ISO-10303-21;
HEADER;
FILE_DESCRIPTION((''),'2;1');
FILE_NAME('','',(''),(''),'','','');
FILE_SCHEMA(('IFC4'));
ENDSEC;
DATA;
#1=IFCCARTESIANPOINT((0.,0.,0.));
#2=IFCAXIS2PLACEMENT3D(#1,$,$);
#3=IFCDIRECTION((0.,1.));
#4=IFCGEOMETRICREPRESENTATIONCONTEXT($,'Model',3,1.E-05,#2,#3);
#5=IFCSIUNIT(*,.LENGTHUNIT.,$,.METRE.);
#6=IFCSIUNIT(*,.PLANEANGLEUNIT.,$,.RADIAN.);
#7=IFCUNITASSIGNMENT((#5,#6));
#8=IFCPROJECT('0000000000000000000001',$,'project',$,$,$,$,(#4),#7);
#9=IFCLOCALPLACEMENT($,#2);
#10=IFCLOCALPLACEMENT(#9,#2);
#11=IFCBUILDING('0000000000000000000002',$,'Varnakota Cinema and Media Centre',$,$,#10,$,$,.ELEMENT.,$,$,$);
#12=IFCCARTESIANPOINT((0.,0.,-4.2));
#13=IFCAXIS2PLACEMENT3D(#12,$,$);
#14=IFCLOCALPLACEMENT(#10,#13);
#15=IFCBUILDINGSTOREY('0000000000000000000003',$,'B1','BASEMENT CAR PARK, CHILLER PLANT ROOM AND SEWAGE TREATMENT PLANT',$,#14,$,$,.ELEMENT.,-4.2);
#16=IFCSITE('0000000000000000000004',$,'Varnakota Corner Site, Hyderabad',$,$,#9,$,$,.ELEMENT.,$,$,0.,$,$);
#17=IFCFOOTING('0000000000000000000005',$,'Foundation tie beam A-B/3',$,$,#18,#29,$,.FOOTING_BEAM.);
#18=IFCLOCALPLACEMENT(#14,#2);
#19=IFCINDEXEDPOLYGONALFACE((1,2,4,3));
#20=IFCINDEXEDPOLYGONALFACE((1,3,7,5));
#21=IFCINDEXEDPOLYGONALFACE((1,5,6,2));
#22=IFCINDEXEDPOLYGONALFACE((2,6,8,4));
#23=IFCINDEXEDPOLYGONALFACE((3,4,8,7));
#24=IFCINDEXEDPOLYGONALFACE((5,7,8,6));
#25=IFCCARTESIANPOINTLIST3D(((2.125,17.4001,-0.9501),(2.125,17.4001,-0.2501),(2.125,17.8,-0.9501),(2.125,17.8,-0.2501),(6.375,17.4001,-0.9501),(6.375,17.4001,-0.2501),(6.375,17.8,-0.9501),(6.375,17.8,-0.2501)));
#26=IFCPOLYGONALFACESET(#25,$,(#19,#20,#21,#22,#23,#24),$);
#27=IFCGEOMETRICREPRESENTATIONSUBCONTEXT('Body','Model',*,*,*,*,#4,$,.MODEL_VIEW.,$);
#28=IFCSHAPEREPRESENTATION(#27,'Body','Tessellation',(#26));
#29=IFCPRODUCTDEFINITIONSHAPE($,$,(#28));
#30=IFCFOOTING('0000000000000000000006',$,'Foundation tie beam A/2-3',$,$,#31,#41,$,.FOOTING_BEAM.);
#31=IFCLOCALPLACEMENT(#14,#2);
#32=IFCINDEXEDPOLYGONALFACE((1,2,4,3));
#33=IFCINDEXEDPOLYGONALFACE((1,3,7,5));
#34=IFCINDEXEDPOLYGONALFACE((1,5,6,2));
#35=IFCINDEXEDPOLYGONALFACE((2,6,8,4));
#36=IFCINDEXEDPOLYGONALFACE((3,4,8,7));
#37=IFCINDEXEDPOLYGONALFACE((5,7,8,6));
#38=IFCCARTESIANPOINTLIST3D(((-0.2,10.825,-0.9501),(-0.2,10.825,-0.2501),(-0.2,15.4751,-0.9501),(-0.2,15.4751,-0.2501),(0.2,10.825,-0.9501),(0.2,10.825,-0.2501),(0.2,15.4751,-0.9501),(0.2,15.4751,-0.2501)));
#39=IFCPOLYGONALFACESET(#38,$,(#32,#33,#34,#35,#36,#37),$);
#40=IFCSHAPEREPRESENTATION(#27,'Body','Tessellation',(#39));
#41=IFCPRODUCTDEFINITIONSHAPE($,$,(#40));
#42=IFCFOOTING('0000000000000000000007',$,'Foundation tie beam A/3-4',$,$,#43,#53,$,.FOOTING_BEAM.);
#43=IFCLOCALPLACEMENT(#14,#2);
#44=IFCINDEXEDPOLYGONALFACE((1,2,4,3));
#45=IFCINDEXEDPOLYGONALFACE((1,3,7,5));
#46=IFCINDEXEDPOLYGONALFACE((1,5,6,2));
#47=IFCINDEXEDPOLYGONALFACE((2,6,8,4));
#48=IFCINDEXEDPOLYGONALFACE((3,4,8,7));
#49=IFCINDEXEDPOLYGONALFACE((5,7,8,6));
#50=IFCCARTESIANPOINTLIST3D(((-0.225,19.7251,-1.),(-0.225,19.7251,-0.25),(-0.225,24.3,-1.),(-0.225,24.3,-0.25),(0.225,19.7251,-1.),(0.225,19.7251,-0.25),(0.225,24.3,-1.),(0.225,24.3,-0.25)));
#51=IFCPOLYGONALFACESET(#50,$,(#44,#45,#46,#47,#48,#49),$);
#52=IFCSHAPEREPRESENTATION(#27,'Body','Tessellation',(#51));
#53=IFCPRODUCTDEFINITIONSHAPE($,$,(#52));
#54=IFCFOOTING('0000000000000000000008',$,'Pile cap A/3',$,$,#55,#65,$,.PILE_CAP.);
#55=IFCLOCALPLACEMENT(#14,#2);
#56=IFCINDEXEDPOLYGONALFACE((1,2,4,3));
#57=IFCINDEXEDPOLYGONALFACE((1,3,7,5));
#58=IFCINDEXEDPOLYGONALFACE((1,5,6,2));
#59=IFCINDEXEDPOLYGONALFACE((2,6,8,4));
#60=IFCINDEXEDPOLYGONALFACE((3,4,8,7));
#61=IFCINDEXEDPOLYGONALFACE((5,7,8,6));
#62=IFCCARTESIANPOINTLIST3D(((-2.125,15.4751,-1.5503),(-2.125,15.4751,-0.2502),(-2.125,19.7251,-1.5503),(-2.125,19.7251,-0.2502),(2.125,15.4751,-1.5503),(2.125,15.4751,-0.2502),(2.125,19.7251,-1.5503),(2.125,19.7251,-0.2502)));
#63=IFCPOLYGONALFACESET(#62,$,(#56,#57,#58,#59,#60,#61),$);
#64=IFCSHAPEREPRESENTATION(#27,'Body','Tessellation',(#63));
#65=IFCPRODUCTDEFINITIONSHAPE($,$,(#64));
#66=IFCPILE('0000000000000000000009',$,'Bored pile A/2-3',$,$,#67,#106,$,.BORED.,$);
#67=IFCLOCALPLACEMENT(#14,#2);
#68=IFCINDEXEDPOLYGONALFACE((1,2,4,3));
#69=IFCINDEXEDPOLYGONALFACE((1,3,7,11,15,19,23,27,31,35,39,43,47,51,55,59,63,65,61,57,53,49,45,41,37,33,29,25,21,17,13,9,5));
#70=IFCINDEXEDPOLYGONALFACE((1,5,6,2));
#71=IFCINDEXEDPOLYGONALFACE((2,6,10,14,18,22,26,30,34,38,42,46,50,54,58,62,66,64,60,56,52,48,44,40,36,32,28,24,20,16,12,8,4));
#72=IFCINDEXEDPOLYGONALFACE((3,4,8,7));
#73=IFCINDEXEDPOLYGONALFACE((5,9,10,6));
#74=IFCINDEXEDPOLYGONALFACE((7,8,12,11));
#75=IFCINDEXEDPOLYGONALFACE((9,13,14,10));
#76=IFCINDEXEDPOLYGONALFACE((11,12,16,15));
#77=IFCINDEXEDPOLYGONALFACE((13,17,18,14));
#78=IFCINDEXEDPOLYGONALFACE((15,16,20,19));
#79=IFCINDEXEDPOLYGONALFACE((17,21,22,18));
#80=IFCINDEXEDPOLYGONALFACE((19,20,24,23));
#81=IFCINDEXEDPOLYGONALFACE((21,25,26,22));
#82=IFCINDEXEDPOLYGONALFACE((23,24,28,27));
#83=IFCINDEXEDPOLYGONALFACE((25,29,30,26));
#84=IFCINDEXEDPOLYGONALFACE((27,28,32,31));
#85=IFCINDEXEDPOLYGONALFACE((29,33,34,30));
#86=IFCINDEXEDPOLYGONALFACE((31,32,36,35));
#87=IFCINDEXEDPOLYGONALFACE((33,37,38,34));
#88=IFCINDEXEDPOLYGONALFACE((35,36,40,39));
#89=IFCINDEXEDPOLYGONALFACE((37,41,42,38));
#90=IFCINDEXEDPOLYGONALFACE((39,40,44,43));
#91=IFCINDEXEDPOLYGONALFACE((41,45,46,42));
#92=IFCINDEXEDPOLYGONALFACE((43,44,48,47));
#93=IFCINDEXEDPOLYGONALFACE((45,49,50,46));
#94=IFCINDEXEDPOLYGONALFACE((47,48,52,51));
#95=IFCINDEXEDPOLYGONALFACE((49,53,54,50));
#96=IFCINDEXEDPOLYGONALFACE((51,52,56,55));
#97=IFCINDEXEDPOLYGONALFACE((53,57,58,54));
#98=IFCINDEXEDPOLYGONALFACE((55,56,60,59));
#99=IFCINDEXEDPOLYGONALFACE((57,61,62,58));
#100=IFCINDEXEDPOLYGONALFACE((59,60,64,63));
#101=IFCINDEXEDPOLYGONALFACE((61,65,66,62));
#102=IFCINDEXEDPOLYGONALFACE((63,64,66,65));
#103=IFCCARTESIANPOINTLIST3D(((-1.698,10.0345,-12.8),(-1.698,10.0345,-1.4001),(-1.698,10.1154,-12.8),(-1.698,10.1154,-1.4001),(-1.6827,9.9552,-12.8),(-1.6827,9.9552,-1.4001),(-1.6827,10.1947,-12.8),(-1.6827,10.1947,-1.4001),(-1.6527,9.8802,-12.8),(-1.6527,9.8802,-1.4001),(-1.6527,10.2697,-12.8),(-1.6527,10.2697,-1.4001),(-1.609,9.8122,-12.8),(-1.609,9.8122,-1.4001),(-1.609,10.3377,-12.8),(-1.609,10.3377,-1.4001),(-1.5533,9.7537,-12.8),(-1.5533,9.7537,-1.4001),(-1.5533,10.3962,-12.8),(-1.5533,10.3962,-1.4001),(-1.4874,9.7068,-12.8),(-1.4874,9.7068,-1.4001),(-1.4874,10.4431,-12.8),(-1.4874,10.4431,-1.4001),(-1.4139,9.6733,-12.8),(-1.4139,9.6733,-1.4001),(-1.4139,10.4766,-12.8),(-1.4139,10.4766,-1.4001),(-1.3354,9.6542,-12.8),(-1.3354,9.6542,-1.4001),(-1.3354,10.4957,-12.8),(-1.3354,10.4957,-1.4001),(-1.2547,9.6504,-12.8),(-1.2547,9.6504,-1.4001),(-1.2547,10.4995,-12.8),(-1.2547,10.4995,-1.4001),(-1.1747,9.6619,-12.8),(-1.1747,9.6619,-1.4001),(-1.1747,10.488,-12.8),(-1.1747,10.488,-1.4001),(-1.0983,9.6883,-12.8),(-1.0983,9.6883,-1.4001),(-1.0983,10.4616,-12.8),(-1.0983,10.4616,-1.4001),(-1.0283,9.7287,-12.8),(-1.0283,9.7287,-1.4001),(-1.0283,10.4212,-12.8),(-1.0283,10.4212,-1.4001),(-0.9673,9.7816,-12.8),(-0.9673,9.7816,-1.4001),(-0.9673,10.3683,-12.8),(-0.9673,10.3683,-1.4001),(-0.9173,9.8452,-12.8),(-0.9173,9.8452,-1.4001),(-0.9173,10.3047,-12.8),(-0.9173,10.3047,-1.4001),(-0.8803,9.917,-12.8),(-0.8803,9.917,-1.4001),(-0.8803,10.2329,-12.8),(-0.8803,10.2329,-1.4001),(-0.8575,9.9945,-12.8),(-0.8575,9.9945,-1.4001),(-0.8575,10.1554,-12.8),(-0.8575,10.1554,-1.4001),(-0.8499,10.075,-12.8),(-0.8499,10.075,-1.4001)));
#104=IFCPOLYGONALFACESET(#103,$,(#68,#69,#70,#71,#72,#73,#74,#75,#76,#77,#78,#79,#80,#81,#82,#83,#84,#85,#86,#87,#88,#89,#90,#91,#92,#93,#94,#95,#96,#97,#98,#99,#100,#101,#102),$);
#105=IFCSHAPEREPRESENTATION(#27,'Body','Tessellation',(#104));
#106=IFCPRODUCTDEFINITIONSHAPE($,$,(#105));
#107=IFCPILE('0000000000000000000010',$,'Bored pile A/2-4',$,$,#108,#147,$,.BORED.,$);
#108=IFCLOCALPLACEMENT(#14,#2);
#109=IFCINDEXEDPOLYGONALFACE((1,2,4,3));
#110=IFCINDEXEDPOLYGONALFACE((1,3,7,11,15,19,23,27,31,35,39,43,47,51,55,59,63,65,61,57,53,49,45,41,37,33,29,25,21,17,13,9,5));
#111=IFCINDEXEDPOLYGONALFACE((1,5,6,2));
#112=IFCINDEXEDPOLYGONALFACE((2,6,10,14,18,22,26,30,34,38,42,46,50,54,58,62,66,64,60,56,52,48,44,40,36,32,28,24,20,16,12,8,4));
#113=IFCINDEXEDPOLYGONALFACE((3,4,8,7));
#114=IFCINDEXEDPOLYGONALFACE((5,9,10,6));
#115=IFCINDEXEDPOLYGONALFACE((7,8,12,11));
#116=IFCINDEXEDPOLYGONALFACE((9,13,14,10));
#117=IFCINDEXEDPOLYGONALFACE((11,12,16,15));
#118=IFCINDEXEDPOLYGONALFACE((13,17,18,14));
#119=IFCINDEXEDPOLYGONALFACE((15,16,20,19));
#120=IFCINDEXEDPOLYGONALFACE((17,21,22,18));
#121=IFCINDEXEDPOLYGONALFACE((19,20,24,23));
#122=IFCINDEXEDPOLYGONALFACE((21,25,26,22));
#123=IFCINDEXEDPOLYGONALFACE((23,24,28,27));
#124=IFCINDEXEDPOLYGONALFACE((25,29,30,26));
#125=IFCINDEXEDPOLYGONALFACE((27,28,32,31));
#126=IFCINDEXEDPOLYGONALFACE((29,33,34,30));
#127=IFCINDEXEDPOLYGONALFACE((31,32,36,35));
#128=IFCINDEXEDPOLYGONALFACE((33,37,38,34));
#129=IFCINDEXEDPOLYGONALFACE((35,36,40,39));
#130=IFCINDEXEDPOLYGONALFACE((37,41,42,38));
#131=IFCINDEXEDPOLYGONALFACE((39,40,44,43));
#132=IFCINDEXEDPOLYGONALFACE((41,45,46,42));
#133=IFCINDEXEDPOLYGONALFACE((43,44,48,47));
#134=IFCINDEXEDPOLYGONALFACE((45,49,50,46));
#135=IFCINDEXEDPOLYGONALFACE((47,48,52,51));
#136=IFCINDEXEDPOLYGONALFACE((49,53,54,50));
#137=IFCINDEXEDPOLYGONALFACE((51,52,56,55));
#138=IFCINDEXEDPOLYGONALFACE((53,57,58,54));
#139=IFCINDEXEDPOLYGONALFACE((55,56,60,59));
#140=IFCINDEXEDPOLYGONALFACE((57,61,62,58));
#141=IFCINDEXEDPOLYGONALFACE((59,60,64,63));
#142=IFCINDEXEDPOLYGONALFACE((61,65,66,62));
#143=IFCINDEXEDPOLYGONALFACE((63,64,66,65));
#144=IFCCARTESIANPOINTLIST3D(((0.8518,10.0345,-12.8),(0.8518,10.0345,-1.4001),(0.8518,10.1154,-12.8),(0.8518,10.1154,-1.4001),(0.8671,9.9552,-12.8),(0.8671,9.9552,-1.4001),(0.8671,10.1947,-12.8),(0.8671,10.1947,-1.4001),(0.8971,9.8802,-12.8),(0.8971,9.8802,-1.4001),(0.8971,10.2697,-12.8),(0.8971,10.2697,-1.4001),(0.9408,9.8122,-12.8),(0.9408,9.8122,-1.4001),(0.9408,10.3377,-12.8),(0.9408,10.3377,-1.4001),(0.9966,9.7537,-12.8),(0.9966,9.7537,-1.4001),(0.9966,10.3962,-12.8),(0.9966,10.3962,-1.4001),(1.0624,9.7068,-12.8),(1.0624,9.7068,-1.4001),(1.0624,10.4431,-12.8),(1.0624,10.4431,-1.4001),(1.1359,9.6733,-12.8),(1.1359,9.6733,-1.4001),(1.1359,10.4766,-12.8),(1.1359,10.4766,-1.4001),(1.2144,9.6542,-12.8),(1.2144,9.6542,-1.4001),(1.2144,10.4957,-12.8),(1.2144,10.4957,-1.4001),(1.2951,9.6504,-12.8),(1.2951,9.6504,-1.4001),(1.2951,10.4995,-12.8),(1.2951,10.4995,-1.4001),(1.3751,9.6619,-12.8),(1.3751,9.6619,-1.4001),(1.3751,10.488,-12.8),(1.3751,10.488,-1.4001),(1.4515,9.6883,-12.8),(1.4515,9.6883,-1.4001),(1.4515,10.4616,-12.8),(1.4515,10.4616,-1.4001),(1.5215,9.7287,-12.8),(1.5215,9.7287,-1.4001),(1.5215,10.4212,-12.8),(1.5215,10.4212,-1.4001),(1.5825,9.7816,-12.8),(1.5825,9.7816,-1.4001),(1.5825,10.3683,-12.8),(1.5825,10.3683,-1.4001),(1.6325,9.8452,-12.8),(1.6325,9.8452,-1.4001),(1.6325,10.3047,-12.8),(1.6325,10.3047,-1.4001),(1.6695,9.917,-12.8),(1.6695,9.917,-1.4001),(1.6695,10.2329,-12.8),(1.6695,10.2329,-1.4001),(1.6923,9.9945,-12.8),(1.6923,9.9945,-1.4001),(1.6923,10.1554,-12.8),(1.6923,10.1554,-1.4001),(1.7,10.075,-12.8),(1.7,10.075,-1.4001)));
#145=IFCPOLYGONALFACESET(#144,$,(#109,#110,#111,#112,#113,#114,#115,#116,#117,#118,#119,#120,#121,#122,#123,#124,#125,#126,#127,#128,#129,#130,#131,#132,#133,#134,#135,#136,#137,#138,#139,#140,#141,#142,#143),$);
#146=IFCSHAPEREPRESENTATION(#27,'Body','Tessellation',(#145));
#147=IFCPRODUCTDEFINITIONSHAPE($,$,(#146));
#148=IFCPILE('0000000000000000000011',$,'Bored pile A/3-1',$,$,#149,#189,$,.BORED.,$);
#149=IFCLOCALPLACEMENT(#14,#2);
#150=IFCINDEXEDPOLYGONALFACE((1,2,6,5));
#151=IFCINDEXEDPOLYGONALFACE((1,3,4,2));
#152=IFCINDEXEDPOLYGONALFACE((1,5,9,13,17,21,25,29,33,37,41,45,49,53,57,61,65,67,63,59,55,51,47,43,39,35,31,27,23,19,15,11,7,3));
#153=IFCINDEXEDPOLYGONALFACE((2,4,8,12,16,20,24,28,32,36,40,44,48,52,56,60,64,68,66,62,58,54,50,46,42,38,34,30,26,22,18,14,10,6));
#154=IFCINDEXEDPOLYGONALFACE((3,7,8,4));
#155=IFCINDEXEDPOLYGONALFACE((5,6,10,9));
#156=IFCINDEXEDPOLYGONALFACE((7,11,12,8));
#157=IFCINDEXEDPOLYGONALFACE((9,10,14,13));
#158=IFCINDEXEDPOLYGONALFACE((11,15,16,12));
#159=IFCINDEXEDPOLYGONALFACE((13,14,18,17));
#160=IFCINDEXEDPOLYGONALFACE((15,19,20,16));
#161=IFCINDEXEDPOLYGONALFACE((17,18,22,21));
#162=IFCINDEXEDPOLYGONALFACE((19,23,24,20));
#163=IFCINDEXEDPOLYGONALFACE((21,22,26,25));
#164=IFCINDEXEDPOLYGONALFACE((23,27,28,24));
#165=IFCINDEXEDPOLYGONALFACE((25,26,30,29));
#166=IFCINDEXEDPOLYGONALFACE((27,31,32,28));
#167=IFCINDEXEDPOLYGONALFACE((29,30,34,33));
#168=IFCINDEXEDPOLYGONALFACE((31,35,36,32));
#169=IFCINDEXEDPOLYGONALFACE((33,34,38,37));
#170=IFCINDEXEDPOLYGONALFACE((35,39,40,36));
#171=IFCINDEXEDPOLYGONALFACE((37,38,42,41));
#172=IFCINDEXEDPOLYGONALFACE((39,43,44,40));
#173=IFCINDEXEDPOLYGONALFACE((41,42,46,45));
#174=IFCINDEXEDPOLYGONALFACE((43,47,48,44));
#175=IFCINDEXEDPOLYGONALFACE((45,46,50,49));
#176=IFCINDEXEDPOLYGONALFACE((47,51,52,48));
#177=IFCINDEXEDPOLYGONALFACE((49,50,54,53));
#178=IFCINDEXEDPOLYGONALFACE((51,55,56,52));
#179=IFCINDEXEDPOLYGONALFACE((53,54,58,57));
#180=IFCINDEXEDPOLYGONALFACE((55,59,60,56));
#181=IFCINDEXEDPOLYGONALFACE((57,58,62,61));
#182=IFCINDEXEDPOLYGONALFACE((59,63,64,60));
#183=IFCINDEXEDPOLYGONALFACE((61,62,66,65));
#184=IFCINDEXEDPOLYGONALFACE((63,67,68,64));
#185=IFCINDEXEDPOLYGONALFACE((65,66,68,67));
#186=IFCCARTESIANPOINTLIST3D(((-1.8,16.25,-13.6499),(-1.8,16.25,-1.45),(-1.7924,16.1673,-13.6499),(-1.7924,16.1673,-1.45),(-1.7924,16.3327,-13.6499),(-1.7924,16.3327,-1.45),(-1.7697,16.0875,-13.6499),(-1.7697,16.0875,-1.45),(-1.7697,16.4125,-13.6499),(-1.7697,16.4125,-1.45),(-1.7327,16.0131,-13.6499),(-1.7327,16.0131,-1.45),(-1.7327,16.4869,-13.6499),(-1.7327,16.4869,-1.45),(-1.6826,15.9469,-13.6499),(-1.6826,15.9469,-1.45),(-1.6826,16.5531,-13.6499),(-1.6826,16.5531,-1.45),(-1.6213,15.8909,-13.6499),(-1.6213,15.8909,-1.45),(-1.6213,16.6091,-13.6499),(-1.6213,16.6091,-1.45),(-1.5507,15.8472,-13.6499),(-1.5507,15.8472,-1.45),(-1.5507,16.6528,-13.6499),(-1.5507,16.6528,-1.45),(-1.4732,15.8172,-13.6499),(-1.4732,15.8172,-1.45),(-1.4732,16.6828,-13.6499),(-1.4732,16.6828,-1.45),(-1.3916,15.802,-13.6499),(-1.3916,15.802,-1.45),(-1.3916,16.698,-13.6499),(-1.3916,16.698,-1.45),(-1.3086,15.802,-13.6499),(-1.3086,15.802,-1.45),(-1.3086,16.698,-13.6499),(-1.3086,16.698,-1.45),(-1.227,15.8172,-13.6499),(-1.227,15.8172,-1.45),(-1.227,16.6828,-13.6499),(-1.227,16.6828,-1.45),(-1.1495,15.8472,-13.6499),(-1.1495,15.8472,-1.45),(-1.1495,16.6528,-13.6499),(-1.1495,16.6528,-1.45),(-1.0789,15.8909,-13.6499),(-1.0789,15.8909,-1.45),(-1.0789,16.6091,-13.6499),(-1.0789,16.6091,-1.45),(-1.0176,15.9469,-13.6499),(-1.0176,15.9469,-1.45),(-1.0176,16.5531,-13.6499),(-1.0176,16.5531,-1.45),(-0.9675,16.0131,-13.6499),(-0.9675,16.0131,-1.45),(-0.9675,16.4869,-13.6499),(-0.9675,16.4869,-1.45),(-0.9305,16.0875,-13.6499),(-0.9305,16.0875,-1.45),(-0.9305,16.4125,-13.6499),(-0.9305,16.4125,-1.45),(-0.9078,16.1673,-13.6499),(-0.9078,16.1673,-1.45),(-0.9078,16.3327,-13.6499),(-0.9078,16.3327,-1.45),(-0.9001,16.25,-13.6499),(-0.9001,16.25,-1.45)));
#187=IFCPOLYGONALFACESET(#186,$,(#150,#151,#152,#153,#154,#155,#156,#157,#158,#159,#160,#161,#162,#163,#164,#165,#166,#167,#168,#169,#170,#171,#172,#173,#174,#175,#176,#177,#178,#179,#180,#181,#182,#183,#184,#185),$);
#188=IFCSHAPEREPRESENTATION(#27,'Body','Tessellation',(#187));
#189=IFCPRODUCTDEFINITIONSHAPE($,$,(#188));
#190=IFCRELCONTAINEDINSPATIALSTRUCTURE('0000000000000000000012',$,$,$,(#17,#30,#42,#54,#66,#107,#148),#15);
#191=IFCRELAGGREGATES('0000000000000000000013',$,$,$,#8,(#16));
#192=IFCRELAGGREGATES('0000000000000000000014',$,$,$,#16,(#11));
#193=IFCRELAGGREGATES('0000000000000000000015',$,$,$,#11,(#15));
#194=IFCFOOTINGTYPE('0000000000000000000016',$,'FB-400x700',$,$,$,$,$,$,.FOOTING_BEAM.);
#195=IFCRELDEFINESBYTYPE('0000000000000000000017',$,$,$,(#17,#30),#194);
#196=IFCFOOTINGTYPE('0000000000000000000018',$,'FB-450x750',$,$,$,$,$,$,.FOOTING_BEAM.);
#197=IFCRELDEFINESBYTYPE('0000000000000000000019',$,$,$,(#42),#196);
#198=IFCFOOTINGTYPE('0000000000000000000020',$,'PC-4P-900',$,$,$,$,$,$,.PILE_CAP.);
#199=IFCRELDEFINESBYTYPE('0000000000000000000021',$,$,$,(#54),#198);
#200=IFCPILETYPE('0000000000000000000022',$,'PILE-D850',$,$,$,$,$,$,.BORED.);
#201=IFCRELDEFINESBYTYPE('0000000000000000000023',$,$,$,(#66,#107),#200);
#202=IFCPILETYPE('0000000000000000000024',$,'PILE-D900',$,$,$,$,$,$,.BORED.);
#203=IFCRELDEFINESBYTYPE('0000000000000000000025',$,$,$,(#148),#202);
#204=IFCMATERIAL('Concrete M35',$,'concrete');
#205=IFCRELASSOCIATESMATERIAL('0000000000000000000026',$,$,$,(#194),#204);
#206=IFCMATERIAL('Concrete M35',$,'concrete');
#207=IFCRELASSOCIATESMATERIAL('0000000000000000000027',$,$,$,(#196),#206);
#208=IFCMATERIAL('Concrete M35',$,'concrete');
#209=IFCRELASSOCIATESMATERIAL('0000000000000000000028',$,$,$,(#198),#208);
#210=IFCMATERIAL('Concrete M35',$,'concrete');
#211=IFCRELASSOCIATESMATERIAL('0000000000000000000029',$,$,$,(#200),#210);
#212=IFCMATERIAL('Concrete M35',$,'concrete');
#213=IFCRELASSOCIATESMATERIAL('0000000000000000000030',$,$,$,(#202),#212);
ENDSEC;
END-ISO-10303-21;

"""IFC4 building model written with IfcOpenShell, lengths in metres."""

from ifc_helpers import new_model, si_unit, direction, frame, origin, origin_2d, place, context, subcontext, project, spatial, rectangle, circle, extrude, material, material_profile, profile_set, type_object, element, save


model = new_model("IFC4")

# Units and contexts
model_context = context("Model", 3, precision=1e-05, world=origin(), true_north=direction((0.0, 1.0)))
body_context = subcontext(model_context, "Body", "Model", "MODEL_VIEW")
ifc_project = project(units=[si_unit("LENGTHUNIT", "METRE"), si_unit("PLANEANGLEUNIT", "RADIAN")], contexts=[model_context])

# Site, building, storey
site_placement = place(None, origin())
site = spatial("IfcSite", under=ifc_project, at=site_placement, Name="Varnakota Corner Site, Hyderabad", CompositionType="ELEMENT", RefElevation=0.0)
building_placement = place(site_placement, origin())
building = spatial("IfcBuilding", under=site, at=building_placement, Name="Varnakota Cinema and Media Centre", CompositionType="ELEMENT")
storey_placement = place(building_placement, frame((0.0, 0.0, -4.2)))
storey = spatial("IfcBuildingStorey", under=building, at=storey_placement, Name="B1", Description="BASEMENT CAR PARK, CHILLER PLANT ROOM AND SEWAGE TREATMENT PLANT", CompositionType="ELEMENT", Elevation=-4.2)

# Footings
ifc_material_1 = material(Name="Concrete M35", Category="concrete")
ifc_material_profile_1 = material_profile(ifc_material_1, rectangle(XDim=0.3999, YDim=0.7, at=origin_2d()), Name="FB 400x700")
ifc_profile_set_1 = profile_set([ifc_material_profile_1], Name="Concrete M35")
footing_type_1 = type_object("IfcFootingType", Name="FB-400x700", PredefinedType="FOOTING_BEAM", material=ifc_profile_set_1)
footing_1_placement = place(storey_placement, frame((2.125, 17.6001, -0.6001), z_axis=(1.0, 0.0, 0.0), x_axis=(0.0, 1.0, 0.0)))
element("IfcFooting", 1, at=footing_1_placement, inside=storey, type_object=footing_type_1, Name="Foundation tie beam A-B/3", PredefinedType="FOOTING_BEAM", context=body_context, shape_type="SweptSolid", body=[
    extrude(rectangle(XDim=0.3999, YDim=0.7, at=origin_2d()), origin(), (0.0, 0.0, 1.0), 4.25),
])
footing_2_placement = place(storey_placement, frame((0.0, 10.825, -0.6001), z_axis=(0.0, 1.0, 0.0), x_axis=(-1.0, 0.0, 0.0)))
element("IfcFooting", 2, at=footing_2_placement, inside=storey, type_object=footing_type_1, Name="Foundation tie beam A/2-3", PredefinedType="FOOTING_BEAM", context=body_context, shape_type="SweptSolid", body=[
    extrude(rectangle(XDim=0.3999, YDim=0.7, at=origin_2d()), origin(), (0.0, 0.0, 1.0), 4.6501),
])
ifc_material_2 = material(Name="Concrete M35", Category="concrete")
ifc_material_profile_2 = material_profile(ifc_material_2, rectangle(XDim=0.45, YDim=0.75, at=origin_2d()), Name="FB 450x750")
ifc_profile_set_2 = profile_set([ifc_material_profile_2], Name="Concrete M35")
footing_type_2 = type_object("IfcFootingType", Name="FB-450x750", PredefinedType="FOOTING_BEAM", material=ifc_profile_set_2)
footing_3_placement = place(storey_placement, frame((0.0, 19.7251, -0.625), z_axis=(0.0, 1.0, 0.0), x_axis=(-1.0, 0.0, 0.0)))
element("IfcFooting", 3, at=footing_3_placement, inside=storey, type_object=footing_type_2, Name="Foundation tie beam A/3-4", PredefinedType="FOOTING_BEAM", context=body_context, shape_type="SweptSolid", body=[
    extrude(rectangle(XDim=0.45, YDim=0.75, at=origin_2d()), origin(), (0.0, 0.0, 1.0), 4.575),
])
ifc_material_3 = material(Name="Concrete M35", Category="concrete")
footing_type_3 = type_object("IfcFootingType", Name="PC-4P-900", PredefinedType="PILE_CAP", material=ifc_material_3)
footing_4_placement = place(storey_placement, frame((0.0, 17.6001, -1.5503), z_axis=(0.0, 0.0, 1.0), x_axis=(1.0, 0.0, 0.0)))
element("IfcFooting", 4, at=footing_4_placement, inside=storey, type_object=footing_type_3, Name="Pile cap A/3", PredefinedType="PILE_CAP", context=body_context, shape_type="SweptSolid", body=[
    extrude(rectangle(XDim=4.25, YDim=4.25, at=origin_2d()), origin(), (0.0, 0.0, 1.0), 1.3),
])

# Piles
ifc_material_4 = material(Name="Concrete M35", Category="concrete")
ifc_material_profile_3 = material_profile(ifc_material_4, circle(Radius=0.425, at=origin_2d()), Name="PILE D850")
ifc_profile_set_3 = profile_set([ifc_material_profile_3], Name="Concrete M35")
pile_type_1 = type_object("IfcPileType", Name="PILE-D850", PredefinedType="BORED", material=ifc_profile_set_3)
for number, where, z_axis, x_axis, name in (
    (5, (-1.2749, 10.075, -1.4001), (0.0, 0.0, -1.0), (1.0, 0.0, 0.0), "Bored pile A/2-3"),
    (6, (1.2749, 10.075, -1.4001), (0.0, 0.0, -1.0), (1.0, 0.0, 0.0), "Bored pile A/2-4"),
):
    element("IfcPile", number, at=place(storey_placement, frame(where, z_axis=z_axis, x_axis=x_axis)), inside=storey, type_object=pile_type_1, Name=name, PredefinedType="BORED", context=body_context, shape_type="SweptSolid", body=[
        extrude(circle(Radius=0.425, at=origin_2d()), origin(), (0.0, 0.0, 1.0), 11.3999),
    ])
ifc_material_5 = material(Name="Concrete M35", Category="concrete")
ifc_material_profile_4 = material_profile(ifc_material_5, circle(Radius=0.45, at=origin_2d()), Name="PILE D900")
ifc_profile_set_4 = profile_set([ifc_material_profile_4], Name="Concrete M35")
pile_type_2 = type_object("IfcPileType", Name="PILE-D900", PredefinedType="BORED", material=ifc_profile_set_4)
for number, where, z_axis, x_axis, name in (
    (7, (-1.3501, 16.25, -1.45), (0.0, 0.0, -1.0), (1.0, 0.0, 0.0), "Bored pile A/3-1"),
):
    element("IfcPile", number, at=place(storey_placement, frame(where, z_axis=z_axis, x_axis=x_axis)), inside=storey, type_object=pile_type_2, Name=name, PredefinedType="BORED", context=body_context, shape_type="SweptSolid", body=[
        extrude(circle(Radius=0.45, at=origin_2d()), origin(), (0.0, 0.0, 1.0), 12.2),
    ])

save(model, "model.ifc")
